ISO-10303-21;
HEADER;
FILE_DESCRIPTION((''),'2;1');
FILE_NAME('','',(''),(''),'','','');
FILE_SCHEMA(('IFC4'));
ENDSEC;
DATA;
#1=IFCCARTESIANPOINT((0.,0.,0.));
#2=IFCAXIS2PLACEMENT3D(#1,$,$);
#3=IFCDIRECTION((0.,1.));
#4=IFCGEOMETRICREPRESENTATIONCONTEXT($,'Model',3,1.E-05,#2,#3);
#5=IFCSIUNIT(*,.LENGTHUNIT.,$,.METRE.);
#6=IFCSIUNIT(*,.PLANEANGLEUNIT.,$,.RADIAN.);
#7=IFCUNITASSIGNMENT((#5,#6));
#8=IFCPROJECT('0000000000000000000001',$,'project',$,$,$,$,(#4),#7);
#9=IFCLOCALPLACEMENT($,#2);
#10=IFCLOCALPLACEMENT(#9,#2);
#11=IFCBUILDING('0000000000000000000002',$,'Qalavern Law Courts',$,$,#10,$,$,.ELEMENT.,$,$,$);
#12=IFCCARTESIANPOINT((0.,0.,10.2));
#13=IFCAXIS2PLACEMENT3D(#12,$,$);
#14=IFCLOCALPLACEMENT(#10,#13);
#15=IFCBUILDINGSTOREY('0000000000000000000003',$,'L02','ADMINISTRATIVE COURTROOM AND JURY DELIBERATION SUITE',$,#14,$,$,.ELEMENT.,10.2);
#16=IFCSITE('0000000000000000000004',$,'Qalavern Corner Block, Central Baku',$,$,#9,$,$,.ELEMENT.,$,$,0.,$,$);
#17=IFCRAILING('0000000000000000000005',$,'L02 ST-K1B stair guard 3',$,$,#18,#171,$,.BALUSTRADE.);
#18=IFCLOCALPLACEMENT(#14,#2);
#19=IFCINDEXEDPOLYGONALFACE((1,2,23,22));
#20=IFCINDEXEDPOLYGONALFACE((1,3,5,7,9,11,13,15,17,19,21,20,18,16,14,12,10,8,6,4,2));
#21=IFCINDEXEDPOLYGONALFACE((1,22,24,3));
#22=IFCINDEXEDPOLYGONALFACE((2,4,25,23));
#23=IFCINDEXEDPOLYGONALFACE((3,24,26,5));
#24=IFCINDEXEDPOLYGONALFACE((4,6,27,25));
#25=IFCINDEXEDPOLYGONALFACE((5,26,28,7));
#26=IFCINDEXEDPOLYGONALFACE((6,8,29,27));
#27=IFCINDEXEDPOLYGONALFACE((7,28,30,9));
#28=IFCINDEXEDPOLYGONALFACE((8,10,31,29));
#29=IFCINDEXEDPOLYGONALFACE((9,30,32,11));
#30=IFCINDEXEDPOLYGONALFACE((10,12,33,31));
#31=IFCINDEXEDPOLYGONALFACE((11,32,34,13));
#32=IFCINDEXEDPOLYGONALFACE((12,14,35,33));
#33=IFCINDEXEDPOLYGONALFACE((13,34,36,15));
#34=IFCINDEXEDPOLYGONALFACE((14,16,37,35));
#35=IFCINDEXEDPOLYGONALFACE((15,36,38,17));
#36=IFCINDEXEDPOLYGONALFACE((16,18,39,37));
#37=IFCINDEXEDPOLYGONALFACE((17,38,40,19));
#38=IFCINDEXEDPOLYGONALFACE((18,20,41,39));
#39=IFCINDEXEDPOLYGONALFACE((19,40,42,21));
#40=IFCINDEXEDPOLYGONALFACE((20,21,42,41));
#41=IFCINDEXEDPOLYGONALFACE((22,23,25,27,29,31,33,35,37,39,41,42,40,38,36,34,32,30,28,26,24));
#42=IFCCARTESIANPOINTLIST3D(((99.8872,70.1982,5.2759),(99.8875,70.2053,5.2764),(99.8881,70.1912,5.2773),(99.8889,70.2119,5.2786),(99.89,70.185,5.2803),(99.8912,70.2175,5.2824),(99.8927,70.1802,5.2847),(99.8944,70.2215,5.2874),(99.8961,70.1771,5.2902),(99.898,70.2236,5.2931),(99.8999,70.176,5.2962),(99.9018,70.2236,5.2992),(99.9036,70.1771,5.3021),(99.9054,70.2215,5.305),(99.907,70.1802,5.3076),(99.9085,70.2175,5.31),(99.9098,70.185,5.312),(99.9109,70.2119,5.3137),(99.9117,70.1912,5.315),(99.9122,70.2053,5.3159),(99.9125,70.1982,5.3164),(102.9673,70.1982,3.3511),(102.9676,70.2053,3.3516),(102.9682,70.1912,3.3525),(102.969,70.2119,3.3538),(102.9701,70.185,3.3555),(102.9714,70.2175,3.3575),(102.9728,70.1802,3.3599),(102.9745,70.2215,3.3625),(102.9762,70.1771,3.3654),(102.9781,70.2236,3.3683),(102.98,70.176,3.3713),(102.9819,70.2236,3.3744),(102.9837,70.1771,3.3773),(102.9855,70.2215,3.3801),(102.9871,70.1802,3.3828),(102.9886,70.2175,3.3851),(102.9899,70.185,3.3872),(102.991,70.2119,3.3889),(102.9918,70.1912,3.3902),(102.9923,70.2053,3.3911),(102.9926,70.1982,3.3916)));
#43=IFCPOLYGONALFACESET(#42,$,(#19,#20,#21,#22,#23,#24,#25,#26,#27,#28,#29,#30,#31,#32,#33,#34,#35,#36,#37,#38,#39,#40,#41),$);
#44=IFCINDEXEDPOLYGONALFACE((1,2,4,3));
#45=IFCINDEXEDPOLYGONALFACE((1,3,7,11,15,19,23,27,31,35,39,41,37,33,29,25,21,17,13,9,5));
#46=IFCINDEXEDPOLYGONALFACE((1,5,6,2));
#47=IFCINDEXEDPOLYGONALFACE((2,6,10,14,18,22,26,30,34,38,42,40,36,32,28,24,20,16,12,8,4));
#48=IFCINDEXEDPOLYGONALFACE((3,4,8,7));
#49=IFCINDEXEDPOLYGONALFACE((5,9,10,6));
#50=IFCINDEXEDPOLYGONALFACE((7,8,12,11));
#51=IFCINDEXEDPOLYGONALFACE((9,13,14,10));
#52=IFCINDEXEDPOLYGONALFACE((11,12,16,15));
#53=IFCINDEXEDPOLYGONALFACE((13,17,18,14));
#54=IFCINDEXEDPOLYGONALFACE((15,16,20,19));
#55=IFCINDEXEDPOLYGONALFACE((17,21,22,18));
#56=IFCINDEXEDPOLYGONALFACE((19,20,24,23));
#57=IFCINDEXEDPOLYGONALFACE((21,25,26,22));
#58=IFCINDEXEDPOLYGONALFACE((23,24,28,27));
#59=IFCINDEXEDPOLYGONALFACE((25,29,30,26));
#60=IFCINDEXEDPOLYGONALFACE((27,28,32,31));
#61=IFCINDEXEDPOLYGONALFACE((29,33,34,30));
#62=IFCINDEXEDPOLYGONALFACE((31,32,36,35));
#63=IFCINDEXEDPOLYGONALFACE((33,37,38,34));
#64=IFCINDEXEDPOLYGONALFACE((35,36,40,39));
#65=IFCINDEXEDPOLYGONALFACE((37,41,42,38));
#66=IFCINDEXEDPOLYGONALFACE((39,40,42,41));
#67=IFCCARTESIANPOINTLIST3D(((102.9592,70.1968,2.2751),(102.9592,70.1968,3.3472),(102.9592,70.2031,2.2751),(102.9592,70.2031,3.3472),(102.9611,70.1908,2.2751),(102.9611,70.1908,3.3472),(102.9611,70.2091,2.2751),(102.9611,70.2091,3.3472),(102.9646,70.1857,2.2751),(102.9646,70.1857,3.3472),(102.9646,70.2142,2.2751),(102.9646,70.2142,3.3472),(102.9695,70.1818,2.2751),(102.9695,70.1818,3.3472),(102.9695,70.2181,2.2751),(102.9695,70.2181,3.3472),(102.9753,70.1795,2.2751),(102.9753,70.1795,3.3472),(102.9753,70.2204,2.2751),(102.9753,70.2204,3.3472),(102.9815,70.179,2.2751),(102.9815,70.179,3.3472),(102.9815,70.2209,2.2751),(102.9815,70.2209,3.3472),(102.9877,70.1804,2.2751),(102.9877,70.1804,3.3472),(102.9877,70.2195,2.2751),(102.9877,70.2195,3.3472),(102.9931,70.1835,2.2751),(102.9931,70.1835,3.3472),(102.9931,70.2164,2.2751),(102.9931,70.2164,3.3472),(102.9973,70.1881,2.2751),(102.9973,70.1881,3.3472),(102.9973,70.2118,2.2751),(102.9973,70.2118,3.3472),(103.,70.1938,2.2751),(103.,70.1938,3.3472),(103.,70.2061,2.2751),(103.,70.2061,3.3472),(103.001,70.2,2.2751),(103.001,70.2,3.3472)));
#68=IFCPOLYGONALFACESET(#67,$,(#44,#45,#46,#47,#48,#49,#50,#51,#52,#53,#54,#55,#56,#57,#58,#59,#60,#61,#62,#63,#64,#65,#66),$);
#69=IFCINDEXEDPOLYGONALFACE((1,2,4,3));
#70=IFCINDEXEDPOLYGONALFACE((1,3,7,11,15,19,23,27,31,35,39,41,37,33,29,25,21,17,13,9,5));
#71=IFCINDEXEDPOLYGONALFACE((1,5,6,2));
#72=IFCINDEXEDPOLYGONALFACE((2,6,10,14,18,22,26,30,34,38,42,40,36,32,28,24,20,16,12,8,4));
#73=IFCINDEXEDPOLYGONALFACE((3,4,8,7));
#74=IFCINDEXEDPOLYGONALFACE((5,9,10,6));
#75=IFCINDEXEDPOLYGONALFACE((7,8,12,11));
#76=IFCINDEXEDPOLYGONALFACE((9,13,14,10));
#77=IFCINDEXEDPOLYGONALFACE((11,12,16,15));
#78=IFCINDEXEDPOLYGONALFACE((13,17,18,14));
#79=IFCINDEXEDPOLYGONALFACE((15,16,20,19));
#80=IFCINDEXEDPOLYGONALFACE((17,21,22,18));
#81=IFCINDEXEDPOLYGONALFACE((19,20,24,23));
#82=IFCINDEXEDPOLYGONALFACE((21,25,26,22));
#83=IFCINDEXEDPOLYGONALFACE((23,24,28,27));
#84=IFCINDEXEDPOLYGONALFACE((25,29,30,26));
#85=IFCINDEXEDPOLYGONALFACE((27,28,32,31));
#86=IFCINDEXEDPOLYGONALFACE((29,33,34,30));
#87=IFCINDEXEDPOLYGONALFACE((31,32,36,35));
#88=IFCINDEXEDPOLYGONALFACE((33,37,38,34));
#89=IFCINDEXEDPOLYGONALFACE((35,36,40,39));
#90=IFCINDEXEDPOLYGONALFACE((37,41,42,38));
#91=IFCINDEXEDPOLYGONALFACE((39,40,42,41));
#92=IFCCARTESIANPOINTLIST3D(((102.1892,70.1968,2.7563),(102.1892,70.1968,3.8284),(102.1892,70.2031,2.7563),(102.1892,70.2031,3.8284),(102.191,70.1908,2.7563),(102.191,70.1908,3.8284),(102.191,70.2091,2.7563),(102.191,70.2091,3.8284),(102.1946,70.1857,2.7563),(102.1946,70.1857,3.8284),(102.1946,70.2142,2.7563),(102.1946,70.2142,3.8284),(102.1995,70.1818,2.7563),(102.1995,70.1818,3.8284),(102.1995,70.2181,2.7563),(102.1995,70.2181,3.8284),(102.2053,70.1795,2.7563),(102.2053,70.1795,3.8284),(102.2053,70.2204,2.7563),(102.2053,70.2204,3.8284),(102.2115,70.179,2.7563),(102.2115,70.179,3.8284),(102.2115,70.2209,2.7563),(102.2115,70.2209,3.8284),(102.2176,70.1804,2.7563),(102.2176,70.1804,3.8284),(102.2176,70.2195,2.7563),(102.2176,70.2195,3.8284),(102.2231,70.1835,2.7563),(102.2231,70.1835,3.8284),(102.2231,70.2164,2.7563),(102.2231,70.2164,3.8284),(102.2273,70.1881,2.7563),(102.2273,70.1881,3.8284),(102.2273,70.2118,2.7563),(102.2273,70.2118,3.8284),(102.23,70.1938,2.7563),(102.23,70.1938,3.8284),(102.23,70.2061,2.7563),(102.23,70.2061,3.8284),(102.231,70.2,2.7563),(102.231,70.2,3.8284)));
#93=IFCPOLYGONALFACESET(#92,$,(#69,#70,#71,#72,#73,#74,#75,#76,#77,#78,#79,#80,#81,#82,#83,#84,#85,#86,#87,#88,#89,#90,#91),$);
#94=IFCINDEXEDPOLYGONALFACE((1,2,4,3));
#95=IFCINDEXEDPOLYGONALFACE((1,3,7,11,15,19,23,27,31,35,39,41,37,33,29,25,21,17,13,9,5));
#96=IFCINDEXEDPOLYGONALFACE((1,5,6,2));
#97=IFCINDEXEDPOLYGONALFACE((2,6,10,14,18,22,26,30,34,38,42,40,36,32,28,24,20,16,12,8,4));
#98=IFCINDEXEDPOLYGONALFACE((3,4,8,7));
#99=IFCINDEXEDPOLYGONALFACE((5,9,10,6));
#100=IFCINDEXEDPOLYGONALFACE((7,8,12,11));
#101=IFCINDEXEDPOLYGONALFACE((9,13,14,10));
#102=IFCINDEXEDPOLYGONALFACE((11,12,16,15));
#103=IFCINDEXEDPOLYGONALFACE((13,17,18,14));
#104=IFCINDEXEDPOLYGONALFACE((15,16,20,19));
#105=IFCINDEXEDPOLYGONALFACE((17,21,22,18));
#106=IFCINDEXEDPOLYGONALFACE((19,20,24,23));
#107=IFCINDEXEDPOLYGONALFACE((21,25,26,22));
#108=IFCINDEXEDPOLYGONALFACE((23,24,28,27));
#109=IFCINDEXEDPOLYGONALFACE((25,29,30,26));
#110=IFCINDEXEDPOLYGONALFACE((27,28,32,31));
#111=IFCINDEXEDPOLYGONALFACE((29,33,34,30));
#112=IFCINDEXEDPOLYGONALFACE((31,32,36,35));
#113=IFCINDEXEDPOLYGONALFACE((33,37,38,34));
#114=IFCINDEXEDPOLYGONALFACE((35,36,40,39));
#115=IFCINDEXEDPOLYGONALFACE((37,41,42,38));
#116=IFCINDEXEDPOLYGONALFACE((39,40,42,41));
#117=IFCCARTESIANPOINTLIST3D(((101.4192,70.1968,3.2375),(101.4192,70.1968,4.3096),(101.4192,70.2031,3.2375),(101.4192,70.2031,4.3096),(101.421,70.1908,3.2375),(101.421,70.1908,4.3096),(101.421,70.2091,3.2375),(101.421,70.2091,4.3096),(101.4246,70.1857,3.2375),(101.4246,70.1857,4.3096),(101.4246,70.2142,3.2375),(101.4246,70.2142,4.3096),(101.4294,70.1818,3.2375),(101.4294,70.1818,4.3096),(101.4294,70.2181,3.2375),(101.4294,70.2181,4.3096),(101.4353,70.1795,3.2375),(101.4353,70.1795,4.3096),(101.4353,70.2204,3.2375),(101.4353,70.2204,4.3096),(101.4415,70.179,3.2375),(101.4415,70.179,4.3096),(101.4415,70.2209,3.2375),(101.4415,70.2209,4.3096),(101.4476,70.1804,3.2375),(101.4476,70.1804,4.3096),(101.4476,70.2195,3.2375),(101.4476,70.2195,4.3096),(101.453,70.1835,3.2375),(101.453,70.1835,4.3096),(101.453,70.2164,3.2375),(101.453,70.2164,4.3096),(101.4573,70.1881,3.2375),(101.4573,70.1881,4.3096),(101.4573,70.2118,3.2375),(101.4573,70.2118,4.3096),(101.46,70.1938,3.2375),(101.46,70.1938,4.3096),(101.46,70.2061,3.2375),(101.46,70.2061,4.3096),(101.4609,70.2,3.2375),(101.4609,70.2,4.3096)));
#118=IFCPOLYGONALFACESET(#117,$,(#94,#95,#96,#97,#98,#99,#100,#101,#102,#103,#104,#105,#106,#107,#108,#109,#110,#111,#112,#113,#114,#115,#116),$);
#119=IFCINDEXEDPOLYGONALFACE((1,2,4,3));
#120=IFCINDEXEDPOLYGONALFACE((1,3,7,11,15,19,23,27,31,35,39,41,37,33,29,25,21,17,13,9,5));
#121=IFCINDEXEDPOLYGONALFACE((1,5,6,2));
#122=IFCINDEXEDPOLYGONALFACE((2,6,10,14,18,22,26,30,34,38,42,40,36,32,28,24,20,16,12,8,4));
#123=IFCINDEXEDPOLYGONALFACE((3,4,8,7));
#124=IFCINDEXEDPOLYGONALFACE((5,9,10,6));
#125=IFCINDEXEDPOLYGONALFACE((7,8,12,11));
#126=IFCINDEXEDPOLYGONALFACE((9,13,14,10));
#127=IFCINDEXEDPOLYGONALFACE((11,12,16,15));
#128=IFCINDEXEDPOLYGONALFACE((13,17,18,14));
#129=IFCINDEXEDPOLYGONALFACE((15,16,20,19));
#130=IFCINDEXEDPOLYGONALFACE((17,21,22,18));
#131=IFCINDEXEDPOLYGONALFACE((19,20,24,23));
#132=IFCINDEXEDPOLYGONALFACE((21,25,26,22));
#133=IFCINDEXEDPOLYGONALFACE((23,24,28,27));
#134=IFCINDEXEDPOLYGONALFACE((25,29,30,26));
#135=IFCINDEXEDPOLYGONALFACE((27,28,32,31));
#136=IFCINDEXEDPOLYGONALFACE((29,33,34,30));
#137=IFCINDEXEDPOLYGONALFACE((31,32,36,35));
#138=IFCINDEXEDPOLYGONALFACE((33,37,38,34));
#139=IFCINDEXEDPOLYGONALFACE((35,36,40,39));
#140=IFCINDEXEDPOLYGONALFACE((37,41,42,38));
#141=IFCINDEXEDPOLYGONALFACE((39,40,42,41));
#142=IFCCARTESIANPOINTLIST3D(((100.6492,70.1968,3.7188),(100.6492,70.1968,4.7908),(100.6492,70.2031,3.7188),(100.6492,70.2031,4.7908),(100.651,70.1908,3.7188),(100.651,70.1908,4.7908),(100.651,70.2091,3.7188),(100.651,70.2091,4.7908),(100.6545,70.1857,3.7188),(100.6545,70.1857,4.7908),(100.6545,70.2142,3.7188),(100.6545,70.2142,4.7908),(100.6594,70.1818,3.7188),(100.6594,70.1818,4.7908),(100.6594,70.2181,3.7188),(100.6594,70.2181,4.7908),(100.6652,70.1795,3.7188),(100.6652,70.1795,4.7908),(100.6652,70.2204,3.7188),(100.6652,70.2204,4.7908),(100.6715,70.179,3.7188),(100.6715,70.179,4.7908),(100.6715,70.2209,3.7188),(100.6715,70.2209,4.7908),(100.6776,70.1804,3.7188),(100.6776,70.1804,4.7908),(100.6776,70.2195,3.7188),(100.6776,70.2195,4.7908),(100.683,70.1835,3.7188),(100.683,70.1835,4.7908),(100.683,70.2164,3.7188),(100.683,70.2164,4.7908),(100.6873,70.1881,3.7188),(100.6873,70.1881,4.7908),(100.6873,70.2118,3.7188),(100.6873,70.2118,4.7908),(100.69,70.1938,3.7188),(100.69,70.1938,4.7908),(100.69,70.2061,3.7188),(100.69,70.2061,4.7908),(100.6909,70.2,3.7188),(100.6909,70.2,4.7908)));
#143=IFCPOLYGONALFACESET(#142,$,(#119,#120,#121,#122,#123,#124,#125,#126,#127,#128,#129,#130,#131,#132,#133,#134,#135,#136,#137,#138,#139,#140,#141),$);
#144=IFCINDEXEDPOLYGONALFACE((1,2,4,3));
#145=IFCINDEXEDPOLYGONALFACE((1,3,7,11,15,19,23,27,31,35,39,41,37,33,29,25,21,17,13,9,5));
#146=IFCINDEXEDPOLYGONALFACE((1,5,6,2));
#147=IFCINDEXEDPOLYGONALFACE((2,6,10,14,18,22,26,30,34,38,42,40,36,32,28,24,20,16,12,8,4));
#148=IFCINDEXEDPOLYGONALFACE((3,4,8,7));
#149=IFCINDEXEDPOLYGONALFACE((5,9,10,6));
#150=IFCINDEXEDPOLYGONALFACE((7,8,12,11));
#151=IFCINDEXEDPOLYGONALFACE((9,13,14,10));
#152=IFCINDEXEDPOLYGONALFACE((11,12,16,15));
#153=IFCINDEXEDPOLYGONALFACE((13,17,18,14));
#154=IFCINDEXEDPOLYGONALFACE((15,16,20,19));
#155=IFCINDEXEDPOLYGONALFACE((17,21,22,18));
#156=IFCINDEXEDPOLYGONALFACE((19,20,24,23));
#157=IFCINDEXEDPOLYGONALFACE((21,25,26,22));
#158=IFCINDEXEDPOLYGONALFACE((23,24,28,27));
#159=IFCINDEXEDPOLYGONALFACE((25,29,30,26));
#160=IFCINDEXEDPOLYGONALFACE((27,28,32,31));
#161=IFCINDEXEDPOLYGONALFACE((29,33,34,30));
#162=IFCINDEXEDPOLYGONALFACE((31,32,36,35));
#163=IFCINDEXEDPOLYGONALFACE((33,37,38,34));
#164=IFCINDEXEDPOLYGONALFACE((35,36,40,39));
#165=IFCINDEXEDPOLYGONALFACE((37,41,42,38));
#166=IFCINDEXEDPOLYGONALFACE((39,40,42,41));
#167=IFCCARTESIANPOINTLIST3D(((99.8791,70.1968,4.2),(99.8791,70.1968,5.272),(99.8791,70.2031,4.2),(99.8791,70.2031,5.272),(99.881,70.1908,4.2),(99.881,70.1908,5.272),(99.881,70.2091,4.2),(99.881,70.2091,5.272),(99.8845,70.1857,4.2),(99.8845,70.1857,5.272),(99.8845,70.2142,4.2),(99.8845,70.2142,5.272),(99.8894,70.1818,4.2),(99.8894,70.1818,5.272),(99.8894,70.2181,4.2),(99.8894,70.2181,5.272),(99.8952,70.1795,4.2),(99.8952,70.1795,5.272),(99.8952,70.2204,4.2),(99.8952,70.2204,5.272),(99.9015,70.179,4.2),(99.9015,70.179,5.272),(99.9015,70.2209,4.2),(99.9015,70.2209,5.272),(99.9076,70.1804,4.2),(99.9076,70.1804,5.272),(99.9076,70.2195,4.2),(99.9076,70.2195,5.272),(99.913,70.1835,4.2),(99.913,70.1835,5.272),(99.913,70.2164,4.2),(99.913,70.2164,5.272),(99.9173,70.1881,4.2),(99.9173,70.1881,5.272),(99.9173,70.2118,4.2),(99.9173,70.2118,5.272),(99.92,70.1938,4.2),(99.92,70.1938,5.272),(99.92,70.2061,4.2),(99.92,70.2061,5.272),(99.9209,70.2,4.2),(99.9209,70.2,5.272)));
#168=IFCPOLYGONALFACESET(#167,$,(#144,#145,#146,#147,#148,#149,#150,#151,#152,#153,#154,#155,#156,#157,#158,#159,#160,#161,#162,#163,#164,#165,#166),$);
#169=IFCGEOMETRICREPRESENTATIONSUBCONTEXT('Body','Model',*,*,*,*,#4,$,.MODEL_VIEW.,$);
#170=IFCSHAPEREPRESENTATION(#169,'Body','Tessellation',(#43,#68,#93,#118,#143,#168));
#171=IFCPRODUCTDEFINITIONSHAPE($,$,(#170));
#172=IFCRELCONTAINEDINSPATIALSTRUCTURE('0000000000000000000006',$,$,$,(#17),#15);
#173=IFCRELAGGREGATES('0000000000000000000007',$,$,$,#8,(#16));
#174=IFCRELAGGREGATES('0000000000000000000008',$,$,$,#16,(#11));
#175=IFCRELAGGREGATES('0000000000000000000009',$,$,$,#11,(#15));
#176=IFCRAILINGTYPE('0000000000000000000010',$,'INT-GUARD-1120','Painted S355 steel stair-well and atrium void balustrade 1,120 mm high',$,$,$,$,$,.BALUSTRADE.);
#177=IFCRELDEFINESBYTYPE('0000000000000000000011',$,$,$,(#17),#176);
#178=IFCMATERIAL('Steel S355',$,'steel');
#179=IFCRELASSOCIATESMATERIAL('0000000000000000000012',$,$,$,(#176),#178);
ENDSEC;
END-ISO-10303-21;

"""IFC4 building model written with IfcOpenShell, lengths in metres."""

from ifc_helpers import new_model, si_unit, direction, frame, origin, origin_2d, place, context, subcontext, project, spatial, circle, extrude, material, type_object, element, save


model = new_model("IFC4")

# Units and contexts
model_context = context("Model", 3, precision=1e-05, world=origin(), true_north=direction((0.0, 1.0)))
body_context = subcontext(model_context, "Body", "Model", "MODEL_VIEW")
ifc_project = project(units=[si_unit("LENGTHUNIT", "METRE"), si_unit("PLANEANGLEUNIT", "RADIAN")], contexts=[model_context])

# Site, building, storey
site_placement = place(None, origin())
site = spatial("IfcSite", under=ifc_project, at=site_placement, Name="Qalavern Corner Block, Central Baku", CompositionType="ELEMENT", RefElevation=0.0)
building_placement = place(site_placement, origin())
building = spatial("IfcBuilding", under=site, at=building_placement, Name="Qalavern Law Courts", CompositionType="ELEMENT")
storey_placement = place(building_placement, frame((0.0, 0.0, 10.2)))
storey = spatial("IfcBuildingStorey", under=building, at=storey_placement, Name="L02", Description="ADMINISTRATIVE COURTROOM AND JURY DELIBERATION SUITE", CompositionType="ELEMENT", Elevation=10.2)

# Shared definitions
ifc_material_1 = material(Name="Steel S355", Category="steel")

# Railing
railing_type_1 = type_object("IfcRailingType", Name="INT-GUARD-1120", Description="Painted S355 steel stair-well and atrium void balustrade 1,120 mm high", PredefinedType="BALUSTRADE", material=ifc_material_1)
railing_1_placement = place(storey_placement, frame((102.98, 70.2, 2.2751)))
element("IfcRailing", 1, at=railing_1_placement, inside=storey, type_object=railing_type_1, Name="L02 ST-K1B stair guard 3", PredefinedType="BALUSTRADE", context=body_context, shape_type="SweptSolid", body=[
    extrude(circle(Radius=0.0239, at=origin_2d()), frame((0.0, 0.0, 1.0962), z_axis=(-0.848029, 0.0, 0.529951), x_axis=(0.0, -1.0, 0.0)), (0.0, 0.0, 1.0), 3.6321),
    extrude(circle(Radius=0.021, at=origin_2d()), origin(), (0.0, 0.0, 1.0), 1.072),
    extrude(circle(Radius=0.021, at=origin_2d()), frame((-0.77, 0.0, 0.4812)), (0.0, 0.0, 1.0), 1.072),
    extrude(circle(Radius=0.021, at=origin_2d()), frame((-1.54, 0.0, 0.9624)), (0.0, 0.0, 1.0), 1.072),
    extrude(circle(Radius=0.021, at=origin_2d()), frame((-2.3101, 0.0, 1.4436)), (0.0, 0.0, 1.0), 1.072),
    extrude(circle(Radius=0.021, at=origin_2d()), frame((-3.0801, 0.0, 1.9248)), (0.0, 0.0, 1.0), 1.072),
])

save(model, "model.ifc")
